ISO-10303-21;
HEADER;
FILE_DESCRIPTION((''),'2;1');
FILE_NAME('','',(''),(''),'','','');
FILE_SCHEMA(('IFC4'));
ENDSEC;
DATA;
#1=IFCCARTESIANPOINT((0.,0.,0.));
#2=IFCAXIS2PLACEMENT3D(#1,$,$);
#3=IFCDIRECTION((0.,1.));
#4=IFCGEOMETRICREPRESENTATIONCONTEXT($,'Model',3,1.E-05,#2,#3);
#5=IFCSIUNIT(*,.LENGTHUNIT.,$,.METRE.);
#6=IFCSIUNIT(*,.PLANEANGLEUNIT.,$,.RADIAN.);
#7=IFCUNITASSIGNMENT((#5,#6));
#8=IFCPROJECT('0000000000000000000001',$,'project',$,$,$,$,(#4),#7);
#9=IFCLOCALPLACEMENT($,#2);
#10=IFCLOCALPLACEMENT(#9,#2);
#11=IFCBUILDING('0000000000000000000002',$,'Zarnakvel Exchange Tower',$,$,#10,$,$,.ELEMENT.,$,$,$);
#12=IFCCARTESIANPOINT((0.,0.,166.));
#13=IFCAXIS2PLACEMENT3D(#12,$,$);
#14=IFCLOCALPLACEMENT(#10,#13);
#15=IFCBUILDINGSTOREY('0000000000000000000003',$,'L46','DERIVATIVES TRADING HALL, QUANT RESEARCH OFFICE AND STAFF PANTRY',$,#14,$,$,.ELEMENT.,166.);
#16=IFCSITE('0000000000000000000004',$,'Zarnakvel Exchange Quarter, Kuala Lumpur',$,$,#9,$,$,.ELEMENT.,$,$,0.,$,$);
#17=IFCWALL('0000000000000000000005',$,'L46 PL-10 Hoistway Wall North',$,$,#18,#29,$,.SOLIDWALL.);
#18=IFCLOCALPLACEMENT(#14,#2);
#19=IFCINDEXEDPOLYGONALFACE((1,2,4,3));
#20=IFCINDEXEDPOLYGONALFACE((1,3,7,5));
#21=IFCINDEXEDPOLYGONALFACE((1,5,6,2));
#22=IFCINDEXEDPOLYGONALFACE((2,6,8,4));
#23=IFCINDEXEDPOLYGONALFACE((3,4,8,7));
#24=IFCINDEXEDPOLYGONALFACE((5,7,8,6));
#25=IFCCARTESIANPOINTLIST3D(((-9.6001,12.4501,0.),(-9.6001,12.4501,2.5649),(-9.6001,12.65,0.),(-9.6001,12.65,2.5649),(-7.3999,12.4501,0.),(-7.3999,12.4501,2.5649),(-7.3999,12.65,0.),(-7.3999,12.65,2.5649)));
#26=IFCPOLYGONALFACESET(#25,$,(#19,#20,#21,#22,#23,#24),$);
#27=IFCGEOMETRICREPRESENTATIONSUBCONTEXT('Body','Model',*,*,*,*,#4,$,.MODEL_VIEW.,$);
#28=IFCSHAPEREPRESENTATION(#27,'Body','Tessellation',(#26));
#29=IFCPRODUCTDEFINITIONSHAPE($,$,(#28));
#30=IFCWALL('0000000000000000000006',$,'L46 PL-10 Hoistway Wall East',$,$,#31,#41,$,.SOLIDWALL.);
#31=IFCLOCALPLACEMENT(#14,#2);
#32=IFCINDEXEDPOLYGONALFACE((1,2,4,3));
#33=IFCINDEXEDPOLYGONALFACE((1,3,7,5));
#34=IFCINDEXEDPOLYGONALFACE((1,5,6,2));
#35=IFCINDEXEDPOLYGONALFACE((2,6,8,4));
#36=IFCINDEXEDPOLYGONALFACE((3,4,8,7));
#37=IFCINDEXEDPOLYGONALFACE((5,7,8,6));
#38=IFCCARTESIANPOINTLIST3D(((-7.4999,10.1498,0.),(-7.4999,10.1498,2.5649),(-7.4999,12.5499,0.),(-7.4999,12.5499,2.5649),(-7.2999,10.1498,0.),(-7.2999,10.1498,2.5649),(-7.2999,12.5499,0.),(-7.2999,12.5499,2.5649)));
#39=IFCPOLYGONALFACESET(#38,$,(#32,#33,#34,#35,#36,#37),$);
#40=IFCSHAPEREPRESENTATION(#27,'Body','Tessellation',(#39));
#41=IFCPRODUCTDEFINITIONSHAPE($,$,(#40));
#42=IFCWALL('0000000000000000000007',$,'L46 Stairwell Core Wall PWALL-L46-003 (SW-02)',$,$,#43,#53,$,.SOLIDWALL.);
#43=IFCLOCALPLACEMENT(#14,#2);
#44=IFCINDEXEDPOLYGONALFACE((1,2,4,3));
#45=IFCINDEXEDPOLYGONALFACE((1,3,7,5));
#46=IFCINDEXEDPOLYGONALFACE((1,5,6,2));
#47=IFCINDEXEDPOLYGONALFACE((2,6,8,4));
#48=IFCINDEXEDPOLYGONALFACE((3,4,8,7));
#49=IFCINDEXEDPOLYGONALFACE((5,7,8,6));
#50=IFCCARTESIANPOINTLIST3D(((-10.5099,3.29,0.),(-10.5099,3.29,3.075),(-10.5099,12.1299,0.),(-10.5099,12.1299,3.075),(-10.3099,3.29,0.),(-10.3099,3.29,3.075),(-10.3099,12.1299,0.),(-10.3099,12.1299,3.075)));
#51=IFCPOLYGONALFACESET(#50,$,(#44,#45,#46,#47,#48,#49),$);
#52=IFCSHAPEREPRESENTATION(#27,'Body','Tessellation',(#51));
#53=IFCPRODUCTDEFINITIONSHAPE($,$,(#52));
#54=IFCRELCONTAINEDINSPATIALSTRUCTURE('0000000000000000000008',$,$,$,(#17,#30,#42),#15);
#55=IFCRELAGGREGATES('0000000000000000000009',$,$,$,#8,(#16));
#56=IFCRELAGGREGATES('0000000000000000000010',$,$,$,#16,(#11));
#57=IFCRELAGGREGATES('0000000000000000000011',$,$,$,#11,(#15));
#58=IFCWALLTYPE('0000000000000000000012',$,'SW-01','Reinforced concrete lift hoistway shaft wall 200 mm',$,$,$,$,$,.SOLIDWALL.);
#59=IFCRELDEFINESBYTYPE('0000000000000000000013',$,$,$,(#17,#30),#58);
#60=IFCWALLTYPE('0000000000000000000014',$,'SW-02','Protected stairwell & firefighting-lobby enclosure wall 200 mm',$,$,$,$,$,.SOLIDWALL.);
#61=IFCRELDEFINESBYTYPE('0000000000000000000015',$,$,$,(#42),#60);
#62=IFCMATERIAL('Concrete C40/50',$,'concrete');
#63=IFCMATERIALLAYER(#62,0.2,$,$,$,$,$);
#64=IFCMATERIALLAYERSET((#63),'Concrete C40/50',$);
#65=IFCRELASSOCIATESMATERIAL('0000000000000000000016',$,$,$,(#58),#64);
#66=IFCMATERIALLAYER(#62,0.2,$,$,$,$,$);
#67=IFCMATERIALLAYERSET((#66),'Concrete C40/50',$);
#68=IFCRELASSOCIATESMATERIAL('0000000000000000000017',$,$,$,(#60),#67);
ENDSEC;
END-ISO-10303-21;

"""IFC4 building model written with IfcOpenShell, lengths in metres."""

from ifc_helpers import new_model, si_unit, direction, frame, frame_2d, origin, place, context, subcontext, project, spatial, rectangle, extrude, material, layer, layer_set, type_object, element, save


model = new_model("IFC4")

# Units and contexts
model_context = context("Model", 3, precision=1e-05, world=origin(), true_north=direction((0.0, 1.0)))
body_context = subcontext(model_context, "Body", "Model", "MODEL_VIEW")
ifc_project = project(units=[si_unit("LENGTHUNIT", "METRE"), si_unit("PLANEANGLEUNIT", "RADIAN")], contexts=[model_context])

# Site, building, storey
site_placement = place(None, origin())
site = spatial("IfcSite", under=ifc_project, at=site_placement, Name="Zarnakvel Exchange Quarter, Kuala Lumpur", CompositionType="ELEMENT", RefElevation=0.0)
building_placement = place(site_placement, origin())
building = spatial("IfcBuilding", under=site, at=building_placement, Name="Zarnakvel Exchange Tower", CompositionType="ELEMENT")
storey_placement = place(building_placement, frame((0.0, 0.0, 166.0)))
storey = spatial("IfcBuildingStorey", under=building, at=storey_placement, Name="L46", Description="DERIVATIVES TRADING HALL, QUANT RESEARCH OFFICE AND STAFF PANTRY", CompositionType="ELEMENT", Elevation=166.0)

# Walls
ifc_material_1 = material(Name="Concrete C40/50", Category="concrete")
ifc_layer_1 = layer(ifc_material_1, 0.2)
ifc_layer_set_1 = layer_set([ifc_layer_1], Name="Concrete C40/50")
wall_type_1 = type_object("IfcWallType", Name="SW-01", Description="Reinforced concrete lift hoistway shaft wall 200 mm", PredefinedType="SOLIDWALL", material=ifc_layer_set_1)
for number, where, z_axis, x_axis, name in (
    (1, (-9.6001, 12.55, 0.0), (0.0, 0.0, 1.0), (1.0, 0.0, 0.0), "L46 PL-10 Hoistway Wall North"),
):
    element("IfcWall", number, at=place(storey_placement, frame(where, z_axis=z_axis, x_axis=x_axis)), inside=storey, type_object=wall_type_1, Name=name, PredefinedType="SOLIDWALL", context=body_context, shape_type="SweptSolid", body=[
        extrude(rectangle(XDim=2.2002, YDim=0.2, at=frame_2d((1.1001, 0.0))), origin(), (0.0, 0.0, 1.0), 2.5649),
    ])
wall_1_placement = place(storey_placement, frame((-7.3999, 12.55, 0.0), z_axis=(0.0, 0.0, 1.0), x_axis=(0.0, -1.0, 0.0)))
element("IfcWall", 2, at=wall_1_placement, inside=storey, type_object=wall_type_1, Name="L46 PL-10 Hoistway Wall East", PredefinedType="SOLIDWALL", context=body_context, shape_type="SweptSolid", body=[
    extrude(rectangle(XDim=2.4001, YDim=0.2, at=frame_2d((1.2002, 0.0))), origin(), (0.0, 0.0, 1.0), 2.5649),
])
ifc_layer_2 = layer(ifc_material_1, 0.2)
ifc_layer_set_2 = layer_set([ifc_layer_2], Name="Concrete C40/50")
wall_type_2 = type_object("IfcWallType", Name="SW-02", Description="Protected stairwell & firefighting-lobby enclosure wall 200 mm", PredefinedType="SOLIDWALL", material=ifc_layer_set_2)
wall_2_placement = place(storey_placement, frame((-10.4099, 12.1299, 0.0), z_axis=(0.0, 0.0, 1.0), x_axis=(0.0, -1.0, 0.0)))
element("IfcWall", 3, at=wall_2_placement, inside=storey, type_object=wall_type_2, Name="L46 Stairwell Core Wall PWALL-L46-003 (SW-02)", PredefinedType="SOLIDWALL", context=body_context, shape_type="SweptSolid", body=[
    extrude(rectangle(XDim=8.8398, YDim=0.2, at=frame_2d((4.4199, 0.0))), origin(), (0.0, 0.0, 1.0), 3.075),
])

save(model, "model.ifc")
